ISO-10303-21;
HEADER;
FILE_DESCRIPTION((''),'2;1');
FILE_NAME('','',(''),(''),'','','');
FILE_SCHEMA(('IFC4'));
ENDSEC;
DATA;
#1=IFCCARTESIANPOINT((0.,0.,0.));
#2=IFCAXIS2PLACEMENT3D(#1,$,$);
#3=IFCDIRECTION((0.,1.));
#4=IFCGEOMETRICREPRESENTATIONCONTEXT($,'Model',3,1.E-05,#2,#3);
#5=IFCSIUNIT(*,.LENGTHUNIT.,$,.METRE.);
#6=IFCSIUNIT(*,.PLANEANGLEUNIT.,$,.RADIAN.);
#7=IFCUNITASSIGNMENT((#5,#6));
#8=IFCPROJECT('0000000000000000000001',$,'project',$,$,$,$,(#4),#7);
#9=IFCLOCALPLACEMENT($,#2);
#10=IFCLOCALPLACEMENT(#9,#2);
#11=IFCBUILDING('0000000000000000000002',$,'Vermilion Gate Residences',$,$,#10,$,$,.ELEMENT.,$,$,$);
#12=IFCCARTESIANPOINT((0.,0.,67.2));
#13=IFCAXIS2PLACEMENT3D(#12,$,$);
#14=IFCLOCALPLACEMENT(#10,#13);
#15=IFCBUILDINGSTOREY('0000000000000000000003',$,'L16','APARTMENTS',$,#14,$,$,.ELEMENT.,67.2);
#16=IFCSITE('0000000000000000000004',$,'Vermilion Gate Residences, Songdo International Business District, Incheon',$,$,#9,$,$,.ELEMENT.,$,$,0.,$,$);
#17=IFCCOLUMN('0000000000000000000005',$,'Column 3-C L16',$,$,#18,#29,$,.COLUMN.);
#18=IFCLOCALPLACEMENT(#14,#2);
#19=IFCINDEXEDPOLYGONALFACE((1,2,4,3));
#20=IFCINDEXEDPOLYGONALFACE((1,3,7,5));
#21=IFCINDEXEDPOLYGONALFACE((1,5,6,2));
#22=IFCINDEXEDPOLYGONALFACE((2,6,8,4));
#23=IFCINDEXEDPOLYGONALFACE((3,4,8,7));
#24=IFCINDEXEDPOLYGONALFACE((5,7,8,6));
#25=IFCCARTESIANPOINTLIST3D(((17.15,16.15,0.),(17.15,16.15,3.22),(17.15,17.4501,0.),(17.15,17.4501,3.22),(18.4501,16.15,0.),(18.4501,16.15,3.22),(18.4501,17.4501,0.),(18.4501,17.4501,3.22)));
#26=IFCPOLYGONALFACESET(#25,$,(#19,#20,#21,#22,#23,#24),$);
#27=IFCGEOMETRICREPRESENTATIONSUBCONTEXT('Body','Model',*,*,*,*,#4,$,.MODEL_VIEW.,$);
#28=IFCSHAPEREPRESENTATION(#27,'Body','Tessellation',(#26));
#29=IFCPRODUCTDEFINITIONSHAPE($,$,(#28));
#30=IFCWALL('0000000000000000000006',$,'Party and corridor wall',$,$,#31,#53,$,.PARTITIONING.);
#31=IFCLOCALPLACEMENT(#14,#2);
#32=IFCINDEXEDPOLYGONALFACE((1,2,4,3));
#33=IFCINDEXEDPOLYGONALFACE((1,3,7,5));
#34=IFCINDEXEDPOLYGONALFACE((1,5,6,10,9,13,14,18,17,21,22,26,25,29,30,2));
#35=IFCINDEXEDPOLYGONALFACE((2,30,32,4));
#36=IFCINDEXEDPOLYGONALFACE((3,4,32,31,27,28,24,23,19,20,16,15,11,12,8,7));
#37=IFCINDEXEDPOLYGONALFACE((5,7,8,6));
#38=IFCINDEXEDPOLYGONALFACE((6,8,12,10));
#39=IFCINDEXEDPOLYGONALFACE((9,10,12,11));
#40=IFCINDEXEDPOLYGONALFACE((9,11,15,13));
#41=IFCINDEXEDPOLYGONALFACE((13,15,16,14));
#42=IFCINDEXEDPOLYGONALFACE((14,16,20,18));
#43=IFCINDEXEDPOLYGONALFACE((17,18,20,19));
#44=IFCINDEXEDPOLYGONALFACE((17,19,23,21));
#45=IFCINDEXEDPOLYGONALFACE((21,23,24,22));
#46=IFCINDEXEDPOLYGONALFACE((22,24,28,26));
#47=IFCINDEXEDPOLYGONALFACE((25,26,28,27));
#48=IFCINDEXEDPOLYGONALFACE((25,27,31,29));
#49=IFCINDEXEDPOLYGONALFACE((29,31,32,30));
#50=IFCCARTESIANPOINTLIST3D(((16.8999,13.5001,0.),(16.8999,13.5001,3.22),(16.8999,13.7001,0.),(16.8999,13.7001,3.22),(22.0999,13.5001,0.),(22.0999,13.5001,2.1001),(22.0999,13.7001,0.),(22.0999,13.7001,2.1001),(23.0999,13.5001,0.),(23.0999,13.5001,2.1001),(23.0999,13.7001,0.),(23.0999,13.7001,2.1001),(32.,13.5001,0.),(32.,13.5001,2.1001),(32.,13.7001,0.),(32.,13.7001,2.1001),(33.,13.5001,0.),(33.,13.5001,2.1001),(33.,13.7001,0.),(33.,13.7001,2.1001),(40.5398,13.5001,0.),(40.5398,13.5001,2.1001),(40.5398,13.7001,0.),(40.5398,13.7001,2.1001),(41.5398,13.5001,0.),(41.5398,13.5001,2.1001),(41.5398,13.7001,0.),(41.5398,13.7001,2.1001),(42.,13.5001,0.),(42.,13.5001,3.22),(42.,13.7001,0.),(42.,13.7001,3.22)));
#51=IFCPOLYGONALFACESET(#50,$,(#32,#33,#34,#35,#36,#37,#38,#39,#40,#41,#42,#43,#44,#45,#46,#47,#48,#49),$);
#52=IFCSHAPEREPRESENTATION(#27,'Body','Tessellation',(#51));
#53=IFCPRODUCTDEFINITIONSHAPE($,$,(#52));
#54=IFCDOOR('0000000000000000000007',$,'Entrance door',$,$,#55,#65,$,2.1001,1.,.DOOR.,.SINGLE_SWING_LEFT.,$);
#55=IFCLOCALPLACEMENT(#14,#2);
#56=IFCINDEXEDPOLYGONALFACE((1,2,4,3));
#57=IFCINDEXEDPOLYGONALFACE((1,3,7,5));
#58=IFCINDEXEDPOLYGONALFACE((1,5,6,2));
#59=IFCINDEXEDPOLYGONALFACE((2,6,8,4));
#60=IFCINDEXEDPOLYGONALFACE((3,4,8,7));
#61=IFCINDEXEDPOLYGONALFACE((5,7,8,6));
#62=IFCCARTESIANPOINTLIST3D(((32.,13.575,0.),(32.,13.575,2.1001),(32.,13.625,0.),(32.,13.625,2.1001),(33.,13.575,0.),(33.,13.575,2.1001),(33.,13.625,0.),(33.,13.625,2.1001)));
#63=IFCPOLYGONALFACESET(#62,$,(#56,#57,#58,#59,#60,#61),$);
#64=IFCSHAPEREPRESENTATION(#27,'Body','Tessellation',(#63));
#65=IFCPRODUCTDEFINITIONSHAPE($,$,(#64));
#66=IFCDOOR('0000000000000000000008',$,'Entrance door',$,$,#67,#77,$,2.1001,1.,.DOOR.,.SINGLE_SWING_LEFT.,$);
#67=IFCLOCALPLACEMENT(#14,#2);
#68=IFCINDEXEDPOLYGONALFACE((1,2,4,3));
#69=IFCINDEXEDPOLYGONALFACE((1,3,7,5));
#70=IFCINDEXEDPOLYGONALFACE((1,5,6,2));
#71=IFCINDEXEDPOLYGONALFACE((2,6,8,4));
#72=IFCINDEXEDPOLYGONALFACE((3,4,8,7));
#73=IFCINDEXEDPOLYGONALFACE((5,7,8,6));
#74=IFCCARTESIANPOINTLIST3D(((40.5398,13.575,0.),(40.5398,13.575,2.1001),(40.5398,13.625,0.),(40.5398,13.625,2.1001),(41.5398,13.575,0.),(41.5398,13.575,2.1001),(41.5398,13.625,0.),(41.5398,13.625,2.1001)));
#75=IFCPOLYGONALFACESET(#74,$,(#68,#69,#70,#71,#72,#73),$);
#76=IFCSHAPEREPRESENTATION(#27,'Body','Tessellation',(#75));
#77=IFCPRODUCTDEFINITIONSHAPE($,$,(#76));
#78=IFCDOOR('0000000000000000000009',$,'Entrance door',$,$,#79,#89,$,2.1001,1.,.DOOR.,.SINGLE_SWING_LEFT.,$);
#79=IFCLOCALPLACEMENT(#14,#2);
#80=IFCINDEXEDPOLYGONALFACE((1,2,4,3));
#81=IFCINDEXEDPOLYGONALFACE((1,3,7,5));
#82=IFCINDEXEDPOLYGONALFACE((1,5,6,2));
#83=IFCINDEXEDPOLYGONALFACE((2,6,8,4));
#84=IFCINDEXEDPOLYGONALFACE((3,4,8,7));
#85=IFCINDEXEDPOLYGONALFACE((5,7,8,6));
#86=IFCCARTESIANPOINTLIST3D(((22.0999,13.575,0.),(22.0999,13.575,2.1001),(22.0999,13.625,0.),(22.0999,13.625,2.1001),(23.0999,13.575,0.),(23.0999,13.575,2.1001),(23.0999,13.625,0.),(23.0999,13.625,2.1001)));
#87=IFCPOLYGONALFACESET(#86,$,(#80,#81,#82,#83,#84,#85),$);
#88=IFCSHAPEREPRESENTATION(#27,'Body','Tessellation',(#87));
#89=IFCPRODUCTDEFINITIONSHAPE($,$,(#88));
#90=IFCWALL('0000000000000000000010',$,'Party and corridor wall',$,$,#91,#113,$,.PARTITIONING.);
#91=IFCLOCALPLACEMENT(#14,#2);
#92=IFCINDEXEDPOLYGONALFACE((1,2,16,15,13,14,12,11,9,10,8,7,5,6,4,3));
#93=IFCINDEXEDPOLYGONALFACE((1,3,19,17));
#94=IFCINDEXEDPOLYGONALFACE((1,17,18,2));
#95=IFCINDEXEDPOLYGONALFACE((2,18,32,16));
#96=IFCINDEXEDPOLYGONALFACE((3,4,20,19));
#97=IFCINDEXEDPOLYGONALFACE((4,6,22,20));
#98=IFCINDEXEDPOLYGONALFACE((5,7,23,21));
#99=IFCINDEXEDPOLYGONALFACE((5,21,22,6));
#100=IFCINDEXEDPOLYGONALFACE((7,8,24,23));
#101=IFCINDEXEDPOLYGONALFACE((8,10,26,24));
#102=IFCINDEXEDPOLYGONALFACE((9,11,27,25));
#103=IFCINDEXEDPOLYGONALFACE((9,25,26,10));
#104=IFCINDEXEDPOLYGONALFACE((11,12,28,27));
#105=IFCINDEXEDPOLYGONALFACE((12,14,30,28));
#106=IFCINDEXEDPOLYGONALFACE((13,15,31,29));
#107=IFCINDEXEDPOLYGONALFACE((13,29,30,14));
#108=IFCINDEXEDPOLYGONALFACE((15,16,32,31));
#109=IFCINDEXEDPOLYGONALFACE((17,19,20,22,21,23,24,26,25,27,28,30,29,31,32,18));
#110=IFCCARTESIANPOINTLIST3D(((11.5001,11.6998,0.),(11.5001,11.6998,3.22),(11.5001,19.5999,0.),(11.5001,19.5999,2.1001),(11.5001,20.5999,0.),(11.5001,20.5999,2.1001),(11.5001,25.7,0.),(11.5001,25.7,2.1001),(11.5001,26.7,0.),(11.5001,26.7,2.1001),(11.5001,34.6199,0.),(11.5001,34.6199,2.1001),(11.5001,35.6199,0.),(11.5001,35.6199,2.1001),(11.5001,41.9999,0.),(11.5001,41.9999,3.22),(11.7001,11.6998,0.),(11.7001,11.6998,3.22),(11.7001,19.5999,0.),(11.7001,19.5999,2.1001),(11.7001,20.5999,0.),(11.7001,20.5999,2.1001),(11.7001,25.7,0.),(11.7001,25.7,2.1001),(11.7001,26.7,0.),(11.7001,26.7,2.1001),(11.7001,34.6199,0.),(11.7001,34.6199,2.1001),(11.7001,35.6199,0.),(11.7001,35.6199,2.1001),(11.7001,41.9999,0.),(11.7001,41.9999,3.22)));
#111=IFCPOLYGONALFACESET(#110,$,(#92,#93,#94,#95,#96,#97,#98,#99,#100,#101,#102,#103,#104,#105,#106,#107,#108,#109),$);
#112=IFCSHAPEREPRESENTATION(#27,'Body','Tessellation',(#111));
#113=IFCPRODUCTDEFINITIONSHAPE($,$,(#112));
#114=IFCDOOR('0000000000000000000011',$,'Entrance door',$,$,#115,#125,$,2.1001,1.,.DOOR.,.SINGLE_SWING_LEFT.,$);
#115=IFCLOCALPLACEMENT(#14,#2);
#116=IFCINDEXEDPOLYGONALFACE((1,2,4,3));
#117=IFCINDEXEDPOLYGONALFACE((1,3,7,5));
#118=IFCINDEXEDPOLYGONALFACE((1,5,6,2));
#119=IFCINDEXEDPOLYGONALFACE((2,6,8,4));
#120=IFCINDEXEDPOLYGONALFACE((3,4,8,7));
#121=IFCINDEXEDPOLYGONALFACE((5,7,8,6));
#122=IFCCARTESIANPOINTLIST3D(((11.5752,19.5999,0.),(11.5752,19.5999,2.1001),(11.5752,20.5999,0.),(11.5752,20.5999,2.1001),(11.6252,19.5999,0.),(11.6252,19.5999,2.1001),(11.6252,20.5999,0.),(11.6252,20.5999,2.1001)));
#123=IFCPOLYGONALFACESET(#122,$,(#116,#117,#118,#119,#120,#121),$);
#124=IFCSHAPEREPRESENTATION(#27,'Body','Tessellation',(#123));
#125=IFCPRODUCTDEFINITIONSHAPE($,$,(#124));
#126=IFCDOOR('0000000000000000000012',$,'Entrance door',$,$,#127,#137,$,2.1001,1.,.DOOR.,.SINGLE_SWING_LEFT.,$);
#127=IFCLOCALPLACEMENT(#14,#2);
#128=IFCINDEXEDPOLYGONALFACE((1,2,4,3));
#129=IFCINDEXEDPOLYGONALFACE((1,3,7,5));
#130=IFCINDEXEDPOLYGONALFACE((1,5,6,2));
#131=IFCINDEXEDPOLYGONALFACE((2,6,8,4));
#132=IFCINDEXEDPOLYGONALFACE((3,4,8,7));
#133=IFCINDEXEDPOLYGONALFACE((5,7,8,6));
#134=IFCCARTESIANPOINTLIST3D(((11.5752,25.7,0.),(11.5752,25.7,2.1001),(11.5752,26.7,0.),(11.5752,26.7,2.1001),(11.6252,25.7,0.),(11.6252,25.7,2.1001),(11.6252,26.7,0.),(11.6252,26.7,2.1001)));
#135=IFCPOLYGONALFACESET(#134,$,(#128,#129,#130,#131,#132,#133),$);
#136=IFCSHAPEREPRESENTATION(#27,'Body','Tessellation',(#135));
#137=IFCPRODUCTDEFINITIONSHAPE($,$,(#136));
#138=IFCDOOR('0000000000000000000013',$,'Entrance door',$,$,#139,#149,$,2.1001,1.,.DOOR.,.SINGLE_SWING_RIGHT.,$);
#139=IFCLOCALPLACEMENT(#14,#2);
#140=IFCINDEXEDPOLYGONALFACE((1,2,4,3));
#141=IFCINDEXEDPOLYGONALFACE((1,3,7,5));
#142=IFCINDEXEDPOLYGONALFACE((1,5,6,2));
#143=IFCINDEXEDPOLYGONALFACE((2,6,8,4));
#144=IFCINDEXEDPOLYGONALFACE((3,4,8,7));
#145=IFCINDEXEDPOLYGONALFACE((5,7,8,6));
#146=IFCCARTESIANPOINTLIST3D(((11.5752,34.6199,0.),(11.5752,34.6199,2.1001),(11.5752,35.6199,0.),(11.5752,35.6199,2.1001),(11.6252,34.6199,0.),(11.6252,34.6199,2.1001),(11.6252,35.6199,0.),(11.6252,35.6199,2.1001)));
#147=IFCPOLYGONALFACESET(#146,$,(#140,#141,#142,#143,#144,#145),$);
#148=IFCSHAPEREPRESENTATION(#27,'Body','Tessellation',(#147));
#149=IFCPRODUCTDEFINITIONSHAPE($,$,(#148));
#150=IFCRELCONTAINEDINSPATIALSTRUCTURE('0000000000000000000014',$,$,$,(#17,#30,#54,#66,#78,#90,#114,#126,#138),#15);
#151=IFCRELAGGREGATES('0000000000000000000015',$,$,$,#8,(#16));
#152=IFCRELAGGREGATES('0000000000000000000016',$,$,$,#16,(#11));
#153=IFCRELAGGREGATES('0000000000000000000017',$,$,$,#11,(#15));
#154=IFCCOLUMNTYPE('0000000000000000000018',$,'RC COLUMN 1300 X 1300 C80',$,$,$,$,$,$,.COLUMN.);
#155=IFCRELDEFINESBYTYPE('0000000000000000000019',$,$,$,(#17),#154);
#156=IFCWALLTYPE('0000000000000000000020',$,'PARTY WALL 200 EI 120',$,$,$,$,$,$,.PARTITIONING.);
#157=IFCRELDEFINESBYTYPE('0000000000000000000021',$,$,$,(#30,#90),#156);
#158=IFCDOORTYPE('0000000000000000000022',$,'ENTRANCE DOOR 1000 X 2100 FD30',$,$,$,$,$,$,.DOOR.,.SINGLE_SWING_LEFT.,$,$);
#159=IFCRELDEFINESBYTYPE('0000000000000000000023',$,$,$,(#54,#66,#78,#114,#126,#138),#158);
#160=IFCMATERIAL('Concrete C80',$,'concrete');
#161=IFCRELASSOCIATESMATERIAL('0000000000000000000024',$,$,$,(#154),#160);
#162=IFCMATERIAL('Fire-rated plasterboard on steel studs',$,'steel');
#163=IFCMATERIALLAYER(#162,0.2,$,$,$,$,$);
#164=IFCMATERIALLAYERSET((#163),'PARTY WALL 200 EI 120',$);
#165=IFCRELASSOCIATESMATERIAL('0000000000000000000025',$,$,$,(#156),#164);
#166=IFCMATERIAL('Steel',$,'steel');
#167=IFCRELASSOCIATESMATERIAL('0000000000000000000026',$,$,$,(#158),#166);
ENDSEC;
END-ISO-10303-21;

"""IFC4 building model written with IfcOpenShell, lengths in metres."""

from ifc_helpers import new_model, si_unit, direction, frame, frame_2d, origin, origin_2d, place, context, subcontext, project, spatial, rectangle, extrude, material, layer, layer_set, material_profile, profile_set, type_object, element, fill, save


model = new_model("IFC4")

# Units and contexts
model_context = context("Model", 3, precision=1e-05, world=origin(), true_north=direction((0.0, 1.0)))
body_context = subcontext(model_context, "Body", "Model", "MODEL_VIEW")
ifc_project = project(units=[si_unit("LENGTHUNIT", "METRE"), si_unit("PLANEANGLEUNIT", "RADIAN")], contexts=[model_context])

# Site, building, storey
site_placement = place(None, origin())
site = spatial("IfcSite", under=ifc_project, at=site_placement, Name="Vermilion Gate Residences, Songdo International Business District, Incheon", CompositionType="ELEMENT", RefElevation=0.0)
building_placement = place(site_placement, origin())
building = spatial("IfcBuilding", under=site, at=building_placement, Name="Vermilion Gate Residences", CompositionType="ELEMENT")
storey_placement = place(building_placement, frame((0.0, 0.0, 67.2)))
storey = spatial("IfcBuildingStorey", under=building, at=storey_placement, Name="L16", Description="APARTMENTS", CompositionType="ELEMENT", Elevation=67.2)

# Column
ifc_material_1 = material(Name="Concrete C80", Category="concrete")
ifc_material_profile = material_profile(ifc_material_1, rectangle(XDim=1.3, YDim=1.3, at=origin_2d()), Name="RC-1300x1300")
ifc_profile_set = profile_set([ifc_material_profile], Name="Concrete C80")
column_type = type_object("IfcColumnType", Name="RC COLUMN 1300 X 1300 C80", PredefinedType="COLUMN", material=ifc_profile_set)
column_placement = place(storey_placement, frame((17.8, 16.8, 0.0), z_axis=(0.0, 0.0, 1.0), x_axis=(1.0, 0.0, 0.0)))
element("IfcColumn", 1, at=column_placement, inside=storey, type_object=column_type, Name="Column 3-C L16", PredefinedType="COLUMN", context=body_context, shape_type="SweptSolid", body=[
    extrude(rectangle(XDim=1.3, YDim=1.3, at=origin_2d()), origin(), (0.0, 0.0, 1.0), 3.22),
])

# Walls, openings, doors
ifc_material_2 = material(Name="Fire-rated plasterboard on steel studs", Category="steel")
ifc_layer_1 = layer(ifc_material_2, 0.2)
ifc_layer_set_1 = layer_set([ifc_layer_1], Name="PARTY WALL 200 EI 120")
wall_type_1 = type_object("IfcWallType", Name="PARTY WALL 200 EI 120", PredefinedType="PARTITIONING", material=ifc_layer_set_1)
wall_1_placement = place(storey_placement, frame((16.8999, 13.6001, 0.0), z_axis=(0.0, 0.0, 1.0), x_axis=(1.0, 0.0, 0.0)))
wall_1 = element("IfcWall", 2, at=wall_1_placement, inside=storey, type_object=wall_type_1, Name="Party and corridor wall", PredefinedType="PARTITIONING", context=body_context, shape_type="SweptSolid", body=[
    extrude(rectangle(XDim=25.1001, YDim=0.2, at=frame_2d((12.55, 0.0))), origin(), (0.0, 0.0, 1.0), 3.22),
])
opening_1_placement = place(wall_1_placement, frame((15.1001, 0.0, 0.0)))
opening_1 = element("IfcOpeningElement", 3, at=opening_1_placement, cuts=wall_1, PredefinedType="OPENING", context=body_context, shape_type="SweptSolid", body=[
    extrude(rectangle(XDim=1.0, YDim=2.1001, at=frame_2d((0.5, 1.05))), frame((0.0, 0.1099, 0.0), z_axis=(0.0, -1.0, 0.0), x_axis=(1.0, 0.0, 0.0)), (0.0, 0.0, 1.0), 0.22),
])
opening_2_placement = place(wall_1_placement, frame((23.6399, 0.0, 0.0)))
opening_2 = element("IfcOpeningElement", 4, at=opening_2_placement, cuts=wall_1, PredefinedType="OPENING", context=body_context, shape_type="SweptSolid", body=[
    extrude(rectangle(XDim=1.0, YDim=2.1001, at=frame_2d((0.5, 1.05))), frame((0.0, 0.1099, 0.0), z_axis=(0.0, -1.0, 0.0), x_axis=(1.0, 0.0, 0.0)), (0.0, 0.0, 1.0), 0.22),
])
opening_3_placement = place(wall_1_placement, frame((5.2, 0.0, 0.0)))
opening_3 = element("IfcOpeningElement", 5, at=opening_3_placement, cuts=wall_1, PredefinedType="OPENING", context=body_context, shape_type="SweptSolid", body=[
    extrude(rectangle(XDim=1.0, YDim=2.1001, at=frame_2d((0.5, 1.05))), frame((0.0, 0.1099, 0.0), z_axis=(0.0, -1.0, 0.0), x_axis=(1.0, 0.0, 0.0)), (0.0, 0.0, 1.0), 0.22),
])
ifc_material_3 = material(Name="Steel", Category="steel")
door_type_1 = type_object("IfcDoorType", Name="ENTRANCE DOOR 1000 X 2100 FD30", OperationType="SINGLE_SWING_LEFT", PredefinedType="DOOR", material=ifc_material_3)
door_1_placement = place(opening_1_placement, origin())
door_1 = element("IfcDoor", 6, at=door_1_placement, inside=storey, type_object=door_type_1, Name="Entrance door", OperationType="SINGLE_SWING_LEFT", OverallHeight=2.1001, OverallWidth=1.0, PredefinedType="DOOR", context=body_context, shape_type="SweptSolid", body=[
    extrude(rectangle(XDim=1.0, YDim=2.1001, at=frame_2d((0.5, 1.05))), frame((0.0, 0.0249, 0.0), z_axis=(0.0, -1.0, 0.0), x_axis=(1.0, 0.0, 0.0)), (0.0, 0.0, 1.0), 0.05),
])
fill(opening_1, door_1)
door_2_placement = place(opening_2_placement, origin())
door_2 = element("IfcDoor", 7, at=door_2_placement, inside=storey, type_object=door_type_1, Name="Entrance door", OperationType="SINGLE_SWING_LEFT", OverallHeight=2.1001, OverallWidth=1.0, PredefinedType="DOOR", context=body_context, shape_type="SweptSolid", body=[
    extrude(rectangle(XDim=1.0, YDim=2.1001, at=frame_2d((0.5, 1.05))), frame((0.0, 0.0249, 0.0), z_axis=(0.0, -1.0, 0.0), x_axis=(1.0, 0.0, 0.0)), (0.0, 0.0, 1.0), 0.05),
])
fill(opening_2, door_2)
door_3_placement = place(opening_3_placement, origin())
door_3 = element("IfcDoor", 8, at=door_3_placement, inside=storey, type_object=door_type_1, Name="Entrance door", OperationType="SINGLE_SWING_LEFT", OverallHeight=2.1001, OverallWidth=1.0, PredefinedType="DOOR", context=body_context, shape_type="SweptSolid", body=[
    extrude(rectangle(XDim=1.0, YDim=2.1001, at=frame_2d((0.5, 1.05))), frame((0.0, 0.0249, 0.0), z_axis=(0.0, -1.0, 0.0), x_axis=(1.0, 0.0, 0.0)), (0.0, 0.0, 1.0), 0.05),
])
fill(opening_3, door_3)
wall_2_placement = place(storey_placement, frame((11.6001, 11.7, 0.0), z_axis=(0.0, 0.0, 1.0), x_axis=(0.0, 1.0, 0.0)))
wall_2 = element("IfcWall", 9, at=wall_2_placement, inside=storey, type_object=wall_type_1, Name="Party and corridor wall", PredefinedType="PARTITIONING", context=body_context, shape_type="SweptSolid", body=[
    extrude(rectangle(XDim=30.3, YDim=0.2, at=frame_2d((15.1499, 0.0))), origin(), (0.0, 0.0, 1.0), 3.22),
])
opening_4_placement = place(wall_2_placement, frame((7.8999, 0.0, 0.0)))
opening_4 = element("IfcOpeningElement", 10, at=opening_4_placement, cuts=wall_2, PredefinedType="OPENING", context=body_context, shape_type="SweptSolid", body=[
    extrude(rectangle(XDim=1.0, YDim=2.1001, at=frame_2d((0.5, 1.05))), frame((0.0, 0.1099, 0.0), z_axis=(0.0, -1.0, 0.0), x_axis=(1.0, 0.0, 0.0)), (0.0, 0.0, 1.0), 0.22),
])
opening_5_placement = place(wall_2_placement, frame((14.0, 0.0, 0.0)))
opening_5 = element("IfcOpeningElement", 11, at=opening_5_placement, cuts=wall_2, PredefinedType="OPENING", context=body_context, shape_type="SweptSolid", body=[
    extrude(rectangle(XDim=1.0, YDim=2.1001, at=frame_2d((0.5, 1.05))), frame((0.0, 0.1099, 0.0), z_axis=(0.0, -1.0, 0.0), x_axis=(1.0, 0.0, 0.0)), (0.0, 0.0, 1.0), 0.22),
])
opening_6_placement = place(wall_2_placement, frame((22.9199, 0.0, 0.0)))
opening_6 = element("IfcOpeningElement", 12, at=opening_6_placement, cuts=wall_2, PredefinedType="OPENING", context=body_context, shape_type="SweptSolid", body=[
    extrude(rectangle(XDim=1.0, YDim=2.1001, at=frame_2d((0.5, 1.05))), frame((0.0, 0.1099, 0.0), z_axis=(0.0, -1.0, 0.0), x_axis=(1.0, 0.0, 0.0)), (0.0, 0.0, 1.0), 0.22),
])
door_4_placement = place(opening_4_placement, origin())
door_4 = element("IfcDoor", 13, at=door_4_placement, inside=storey, type_object=door_type_1, Name="Entrance door", OperationType="SINGLE_SWING_LEFT", OverallHeight=2.1001, OverallWidth=1.0, PredefinedType="DOOR", context=body_context, shape_type="SweptSolid", body=[
    extrude(rectangle(XDim=1.0, YDim=2.1001, at=frame_2d((0.5, 1.05))), frame((0.0, 0.0249, 0.0), z_axis=(0.0, -1.0, 0.0), x_axis=(1.0, 0.0, 0.0)), (0.0, 0.0, 1.0), 0.05),
])
fill(opening_4, door_4)
door_5_placement = place(opening_5_placement, origin())
door_5 = element("IfcDoor", 14, at=door_5_placement, inside=storey, type_object=door_type_1, Name="Entrance door", OperationType="SINGLE_SWING_LEFT", OverallHeight=2.1001, OverallWidth=1.0, PredefinedType="DOOR", context=body_context, shape_type="SweptSolid", body=[
    extrude(rectangle(XDim=1.0, YDim=2.1001, at=frame_2d((0.5, 1.05))), frame((0.0, 0.0249, 0.0), z_axis=(0.0, -1.0, 0.0), x_axis=(1.0, 0.0, 0.0)), (0.0, 0.0, 1.0), 0.05),
])
fill(opening_5, door_5)
door_6_placement = place(opening_6_placement, origin())
door_6 = element("IfcDoor", 15, at=door_6_placement, inside=storey, type_object=door_type_1, Name="Entrance door", OperationType="SINGLE_SWING_RIGHT", OverallHeight=2.1001, OverallWidth=1.0, PredefinedType="DOOR", context=body_context, shape_type="SweptSolid", body=[
    extrude(rectangle(XDim=1.0, YDim=2.1001, at=frame_2d((0.5, 1.05))), frame((0.0, 0.0249, 0.0), z_axis=(0.0, -1.0, 0.0), x_axis=(1.0, 0.0, 0.0)), (0.0, 0.0, 1.0), 0.05),
])
fill(opening_6, door_6)

save(model, "model.ifc")
